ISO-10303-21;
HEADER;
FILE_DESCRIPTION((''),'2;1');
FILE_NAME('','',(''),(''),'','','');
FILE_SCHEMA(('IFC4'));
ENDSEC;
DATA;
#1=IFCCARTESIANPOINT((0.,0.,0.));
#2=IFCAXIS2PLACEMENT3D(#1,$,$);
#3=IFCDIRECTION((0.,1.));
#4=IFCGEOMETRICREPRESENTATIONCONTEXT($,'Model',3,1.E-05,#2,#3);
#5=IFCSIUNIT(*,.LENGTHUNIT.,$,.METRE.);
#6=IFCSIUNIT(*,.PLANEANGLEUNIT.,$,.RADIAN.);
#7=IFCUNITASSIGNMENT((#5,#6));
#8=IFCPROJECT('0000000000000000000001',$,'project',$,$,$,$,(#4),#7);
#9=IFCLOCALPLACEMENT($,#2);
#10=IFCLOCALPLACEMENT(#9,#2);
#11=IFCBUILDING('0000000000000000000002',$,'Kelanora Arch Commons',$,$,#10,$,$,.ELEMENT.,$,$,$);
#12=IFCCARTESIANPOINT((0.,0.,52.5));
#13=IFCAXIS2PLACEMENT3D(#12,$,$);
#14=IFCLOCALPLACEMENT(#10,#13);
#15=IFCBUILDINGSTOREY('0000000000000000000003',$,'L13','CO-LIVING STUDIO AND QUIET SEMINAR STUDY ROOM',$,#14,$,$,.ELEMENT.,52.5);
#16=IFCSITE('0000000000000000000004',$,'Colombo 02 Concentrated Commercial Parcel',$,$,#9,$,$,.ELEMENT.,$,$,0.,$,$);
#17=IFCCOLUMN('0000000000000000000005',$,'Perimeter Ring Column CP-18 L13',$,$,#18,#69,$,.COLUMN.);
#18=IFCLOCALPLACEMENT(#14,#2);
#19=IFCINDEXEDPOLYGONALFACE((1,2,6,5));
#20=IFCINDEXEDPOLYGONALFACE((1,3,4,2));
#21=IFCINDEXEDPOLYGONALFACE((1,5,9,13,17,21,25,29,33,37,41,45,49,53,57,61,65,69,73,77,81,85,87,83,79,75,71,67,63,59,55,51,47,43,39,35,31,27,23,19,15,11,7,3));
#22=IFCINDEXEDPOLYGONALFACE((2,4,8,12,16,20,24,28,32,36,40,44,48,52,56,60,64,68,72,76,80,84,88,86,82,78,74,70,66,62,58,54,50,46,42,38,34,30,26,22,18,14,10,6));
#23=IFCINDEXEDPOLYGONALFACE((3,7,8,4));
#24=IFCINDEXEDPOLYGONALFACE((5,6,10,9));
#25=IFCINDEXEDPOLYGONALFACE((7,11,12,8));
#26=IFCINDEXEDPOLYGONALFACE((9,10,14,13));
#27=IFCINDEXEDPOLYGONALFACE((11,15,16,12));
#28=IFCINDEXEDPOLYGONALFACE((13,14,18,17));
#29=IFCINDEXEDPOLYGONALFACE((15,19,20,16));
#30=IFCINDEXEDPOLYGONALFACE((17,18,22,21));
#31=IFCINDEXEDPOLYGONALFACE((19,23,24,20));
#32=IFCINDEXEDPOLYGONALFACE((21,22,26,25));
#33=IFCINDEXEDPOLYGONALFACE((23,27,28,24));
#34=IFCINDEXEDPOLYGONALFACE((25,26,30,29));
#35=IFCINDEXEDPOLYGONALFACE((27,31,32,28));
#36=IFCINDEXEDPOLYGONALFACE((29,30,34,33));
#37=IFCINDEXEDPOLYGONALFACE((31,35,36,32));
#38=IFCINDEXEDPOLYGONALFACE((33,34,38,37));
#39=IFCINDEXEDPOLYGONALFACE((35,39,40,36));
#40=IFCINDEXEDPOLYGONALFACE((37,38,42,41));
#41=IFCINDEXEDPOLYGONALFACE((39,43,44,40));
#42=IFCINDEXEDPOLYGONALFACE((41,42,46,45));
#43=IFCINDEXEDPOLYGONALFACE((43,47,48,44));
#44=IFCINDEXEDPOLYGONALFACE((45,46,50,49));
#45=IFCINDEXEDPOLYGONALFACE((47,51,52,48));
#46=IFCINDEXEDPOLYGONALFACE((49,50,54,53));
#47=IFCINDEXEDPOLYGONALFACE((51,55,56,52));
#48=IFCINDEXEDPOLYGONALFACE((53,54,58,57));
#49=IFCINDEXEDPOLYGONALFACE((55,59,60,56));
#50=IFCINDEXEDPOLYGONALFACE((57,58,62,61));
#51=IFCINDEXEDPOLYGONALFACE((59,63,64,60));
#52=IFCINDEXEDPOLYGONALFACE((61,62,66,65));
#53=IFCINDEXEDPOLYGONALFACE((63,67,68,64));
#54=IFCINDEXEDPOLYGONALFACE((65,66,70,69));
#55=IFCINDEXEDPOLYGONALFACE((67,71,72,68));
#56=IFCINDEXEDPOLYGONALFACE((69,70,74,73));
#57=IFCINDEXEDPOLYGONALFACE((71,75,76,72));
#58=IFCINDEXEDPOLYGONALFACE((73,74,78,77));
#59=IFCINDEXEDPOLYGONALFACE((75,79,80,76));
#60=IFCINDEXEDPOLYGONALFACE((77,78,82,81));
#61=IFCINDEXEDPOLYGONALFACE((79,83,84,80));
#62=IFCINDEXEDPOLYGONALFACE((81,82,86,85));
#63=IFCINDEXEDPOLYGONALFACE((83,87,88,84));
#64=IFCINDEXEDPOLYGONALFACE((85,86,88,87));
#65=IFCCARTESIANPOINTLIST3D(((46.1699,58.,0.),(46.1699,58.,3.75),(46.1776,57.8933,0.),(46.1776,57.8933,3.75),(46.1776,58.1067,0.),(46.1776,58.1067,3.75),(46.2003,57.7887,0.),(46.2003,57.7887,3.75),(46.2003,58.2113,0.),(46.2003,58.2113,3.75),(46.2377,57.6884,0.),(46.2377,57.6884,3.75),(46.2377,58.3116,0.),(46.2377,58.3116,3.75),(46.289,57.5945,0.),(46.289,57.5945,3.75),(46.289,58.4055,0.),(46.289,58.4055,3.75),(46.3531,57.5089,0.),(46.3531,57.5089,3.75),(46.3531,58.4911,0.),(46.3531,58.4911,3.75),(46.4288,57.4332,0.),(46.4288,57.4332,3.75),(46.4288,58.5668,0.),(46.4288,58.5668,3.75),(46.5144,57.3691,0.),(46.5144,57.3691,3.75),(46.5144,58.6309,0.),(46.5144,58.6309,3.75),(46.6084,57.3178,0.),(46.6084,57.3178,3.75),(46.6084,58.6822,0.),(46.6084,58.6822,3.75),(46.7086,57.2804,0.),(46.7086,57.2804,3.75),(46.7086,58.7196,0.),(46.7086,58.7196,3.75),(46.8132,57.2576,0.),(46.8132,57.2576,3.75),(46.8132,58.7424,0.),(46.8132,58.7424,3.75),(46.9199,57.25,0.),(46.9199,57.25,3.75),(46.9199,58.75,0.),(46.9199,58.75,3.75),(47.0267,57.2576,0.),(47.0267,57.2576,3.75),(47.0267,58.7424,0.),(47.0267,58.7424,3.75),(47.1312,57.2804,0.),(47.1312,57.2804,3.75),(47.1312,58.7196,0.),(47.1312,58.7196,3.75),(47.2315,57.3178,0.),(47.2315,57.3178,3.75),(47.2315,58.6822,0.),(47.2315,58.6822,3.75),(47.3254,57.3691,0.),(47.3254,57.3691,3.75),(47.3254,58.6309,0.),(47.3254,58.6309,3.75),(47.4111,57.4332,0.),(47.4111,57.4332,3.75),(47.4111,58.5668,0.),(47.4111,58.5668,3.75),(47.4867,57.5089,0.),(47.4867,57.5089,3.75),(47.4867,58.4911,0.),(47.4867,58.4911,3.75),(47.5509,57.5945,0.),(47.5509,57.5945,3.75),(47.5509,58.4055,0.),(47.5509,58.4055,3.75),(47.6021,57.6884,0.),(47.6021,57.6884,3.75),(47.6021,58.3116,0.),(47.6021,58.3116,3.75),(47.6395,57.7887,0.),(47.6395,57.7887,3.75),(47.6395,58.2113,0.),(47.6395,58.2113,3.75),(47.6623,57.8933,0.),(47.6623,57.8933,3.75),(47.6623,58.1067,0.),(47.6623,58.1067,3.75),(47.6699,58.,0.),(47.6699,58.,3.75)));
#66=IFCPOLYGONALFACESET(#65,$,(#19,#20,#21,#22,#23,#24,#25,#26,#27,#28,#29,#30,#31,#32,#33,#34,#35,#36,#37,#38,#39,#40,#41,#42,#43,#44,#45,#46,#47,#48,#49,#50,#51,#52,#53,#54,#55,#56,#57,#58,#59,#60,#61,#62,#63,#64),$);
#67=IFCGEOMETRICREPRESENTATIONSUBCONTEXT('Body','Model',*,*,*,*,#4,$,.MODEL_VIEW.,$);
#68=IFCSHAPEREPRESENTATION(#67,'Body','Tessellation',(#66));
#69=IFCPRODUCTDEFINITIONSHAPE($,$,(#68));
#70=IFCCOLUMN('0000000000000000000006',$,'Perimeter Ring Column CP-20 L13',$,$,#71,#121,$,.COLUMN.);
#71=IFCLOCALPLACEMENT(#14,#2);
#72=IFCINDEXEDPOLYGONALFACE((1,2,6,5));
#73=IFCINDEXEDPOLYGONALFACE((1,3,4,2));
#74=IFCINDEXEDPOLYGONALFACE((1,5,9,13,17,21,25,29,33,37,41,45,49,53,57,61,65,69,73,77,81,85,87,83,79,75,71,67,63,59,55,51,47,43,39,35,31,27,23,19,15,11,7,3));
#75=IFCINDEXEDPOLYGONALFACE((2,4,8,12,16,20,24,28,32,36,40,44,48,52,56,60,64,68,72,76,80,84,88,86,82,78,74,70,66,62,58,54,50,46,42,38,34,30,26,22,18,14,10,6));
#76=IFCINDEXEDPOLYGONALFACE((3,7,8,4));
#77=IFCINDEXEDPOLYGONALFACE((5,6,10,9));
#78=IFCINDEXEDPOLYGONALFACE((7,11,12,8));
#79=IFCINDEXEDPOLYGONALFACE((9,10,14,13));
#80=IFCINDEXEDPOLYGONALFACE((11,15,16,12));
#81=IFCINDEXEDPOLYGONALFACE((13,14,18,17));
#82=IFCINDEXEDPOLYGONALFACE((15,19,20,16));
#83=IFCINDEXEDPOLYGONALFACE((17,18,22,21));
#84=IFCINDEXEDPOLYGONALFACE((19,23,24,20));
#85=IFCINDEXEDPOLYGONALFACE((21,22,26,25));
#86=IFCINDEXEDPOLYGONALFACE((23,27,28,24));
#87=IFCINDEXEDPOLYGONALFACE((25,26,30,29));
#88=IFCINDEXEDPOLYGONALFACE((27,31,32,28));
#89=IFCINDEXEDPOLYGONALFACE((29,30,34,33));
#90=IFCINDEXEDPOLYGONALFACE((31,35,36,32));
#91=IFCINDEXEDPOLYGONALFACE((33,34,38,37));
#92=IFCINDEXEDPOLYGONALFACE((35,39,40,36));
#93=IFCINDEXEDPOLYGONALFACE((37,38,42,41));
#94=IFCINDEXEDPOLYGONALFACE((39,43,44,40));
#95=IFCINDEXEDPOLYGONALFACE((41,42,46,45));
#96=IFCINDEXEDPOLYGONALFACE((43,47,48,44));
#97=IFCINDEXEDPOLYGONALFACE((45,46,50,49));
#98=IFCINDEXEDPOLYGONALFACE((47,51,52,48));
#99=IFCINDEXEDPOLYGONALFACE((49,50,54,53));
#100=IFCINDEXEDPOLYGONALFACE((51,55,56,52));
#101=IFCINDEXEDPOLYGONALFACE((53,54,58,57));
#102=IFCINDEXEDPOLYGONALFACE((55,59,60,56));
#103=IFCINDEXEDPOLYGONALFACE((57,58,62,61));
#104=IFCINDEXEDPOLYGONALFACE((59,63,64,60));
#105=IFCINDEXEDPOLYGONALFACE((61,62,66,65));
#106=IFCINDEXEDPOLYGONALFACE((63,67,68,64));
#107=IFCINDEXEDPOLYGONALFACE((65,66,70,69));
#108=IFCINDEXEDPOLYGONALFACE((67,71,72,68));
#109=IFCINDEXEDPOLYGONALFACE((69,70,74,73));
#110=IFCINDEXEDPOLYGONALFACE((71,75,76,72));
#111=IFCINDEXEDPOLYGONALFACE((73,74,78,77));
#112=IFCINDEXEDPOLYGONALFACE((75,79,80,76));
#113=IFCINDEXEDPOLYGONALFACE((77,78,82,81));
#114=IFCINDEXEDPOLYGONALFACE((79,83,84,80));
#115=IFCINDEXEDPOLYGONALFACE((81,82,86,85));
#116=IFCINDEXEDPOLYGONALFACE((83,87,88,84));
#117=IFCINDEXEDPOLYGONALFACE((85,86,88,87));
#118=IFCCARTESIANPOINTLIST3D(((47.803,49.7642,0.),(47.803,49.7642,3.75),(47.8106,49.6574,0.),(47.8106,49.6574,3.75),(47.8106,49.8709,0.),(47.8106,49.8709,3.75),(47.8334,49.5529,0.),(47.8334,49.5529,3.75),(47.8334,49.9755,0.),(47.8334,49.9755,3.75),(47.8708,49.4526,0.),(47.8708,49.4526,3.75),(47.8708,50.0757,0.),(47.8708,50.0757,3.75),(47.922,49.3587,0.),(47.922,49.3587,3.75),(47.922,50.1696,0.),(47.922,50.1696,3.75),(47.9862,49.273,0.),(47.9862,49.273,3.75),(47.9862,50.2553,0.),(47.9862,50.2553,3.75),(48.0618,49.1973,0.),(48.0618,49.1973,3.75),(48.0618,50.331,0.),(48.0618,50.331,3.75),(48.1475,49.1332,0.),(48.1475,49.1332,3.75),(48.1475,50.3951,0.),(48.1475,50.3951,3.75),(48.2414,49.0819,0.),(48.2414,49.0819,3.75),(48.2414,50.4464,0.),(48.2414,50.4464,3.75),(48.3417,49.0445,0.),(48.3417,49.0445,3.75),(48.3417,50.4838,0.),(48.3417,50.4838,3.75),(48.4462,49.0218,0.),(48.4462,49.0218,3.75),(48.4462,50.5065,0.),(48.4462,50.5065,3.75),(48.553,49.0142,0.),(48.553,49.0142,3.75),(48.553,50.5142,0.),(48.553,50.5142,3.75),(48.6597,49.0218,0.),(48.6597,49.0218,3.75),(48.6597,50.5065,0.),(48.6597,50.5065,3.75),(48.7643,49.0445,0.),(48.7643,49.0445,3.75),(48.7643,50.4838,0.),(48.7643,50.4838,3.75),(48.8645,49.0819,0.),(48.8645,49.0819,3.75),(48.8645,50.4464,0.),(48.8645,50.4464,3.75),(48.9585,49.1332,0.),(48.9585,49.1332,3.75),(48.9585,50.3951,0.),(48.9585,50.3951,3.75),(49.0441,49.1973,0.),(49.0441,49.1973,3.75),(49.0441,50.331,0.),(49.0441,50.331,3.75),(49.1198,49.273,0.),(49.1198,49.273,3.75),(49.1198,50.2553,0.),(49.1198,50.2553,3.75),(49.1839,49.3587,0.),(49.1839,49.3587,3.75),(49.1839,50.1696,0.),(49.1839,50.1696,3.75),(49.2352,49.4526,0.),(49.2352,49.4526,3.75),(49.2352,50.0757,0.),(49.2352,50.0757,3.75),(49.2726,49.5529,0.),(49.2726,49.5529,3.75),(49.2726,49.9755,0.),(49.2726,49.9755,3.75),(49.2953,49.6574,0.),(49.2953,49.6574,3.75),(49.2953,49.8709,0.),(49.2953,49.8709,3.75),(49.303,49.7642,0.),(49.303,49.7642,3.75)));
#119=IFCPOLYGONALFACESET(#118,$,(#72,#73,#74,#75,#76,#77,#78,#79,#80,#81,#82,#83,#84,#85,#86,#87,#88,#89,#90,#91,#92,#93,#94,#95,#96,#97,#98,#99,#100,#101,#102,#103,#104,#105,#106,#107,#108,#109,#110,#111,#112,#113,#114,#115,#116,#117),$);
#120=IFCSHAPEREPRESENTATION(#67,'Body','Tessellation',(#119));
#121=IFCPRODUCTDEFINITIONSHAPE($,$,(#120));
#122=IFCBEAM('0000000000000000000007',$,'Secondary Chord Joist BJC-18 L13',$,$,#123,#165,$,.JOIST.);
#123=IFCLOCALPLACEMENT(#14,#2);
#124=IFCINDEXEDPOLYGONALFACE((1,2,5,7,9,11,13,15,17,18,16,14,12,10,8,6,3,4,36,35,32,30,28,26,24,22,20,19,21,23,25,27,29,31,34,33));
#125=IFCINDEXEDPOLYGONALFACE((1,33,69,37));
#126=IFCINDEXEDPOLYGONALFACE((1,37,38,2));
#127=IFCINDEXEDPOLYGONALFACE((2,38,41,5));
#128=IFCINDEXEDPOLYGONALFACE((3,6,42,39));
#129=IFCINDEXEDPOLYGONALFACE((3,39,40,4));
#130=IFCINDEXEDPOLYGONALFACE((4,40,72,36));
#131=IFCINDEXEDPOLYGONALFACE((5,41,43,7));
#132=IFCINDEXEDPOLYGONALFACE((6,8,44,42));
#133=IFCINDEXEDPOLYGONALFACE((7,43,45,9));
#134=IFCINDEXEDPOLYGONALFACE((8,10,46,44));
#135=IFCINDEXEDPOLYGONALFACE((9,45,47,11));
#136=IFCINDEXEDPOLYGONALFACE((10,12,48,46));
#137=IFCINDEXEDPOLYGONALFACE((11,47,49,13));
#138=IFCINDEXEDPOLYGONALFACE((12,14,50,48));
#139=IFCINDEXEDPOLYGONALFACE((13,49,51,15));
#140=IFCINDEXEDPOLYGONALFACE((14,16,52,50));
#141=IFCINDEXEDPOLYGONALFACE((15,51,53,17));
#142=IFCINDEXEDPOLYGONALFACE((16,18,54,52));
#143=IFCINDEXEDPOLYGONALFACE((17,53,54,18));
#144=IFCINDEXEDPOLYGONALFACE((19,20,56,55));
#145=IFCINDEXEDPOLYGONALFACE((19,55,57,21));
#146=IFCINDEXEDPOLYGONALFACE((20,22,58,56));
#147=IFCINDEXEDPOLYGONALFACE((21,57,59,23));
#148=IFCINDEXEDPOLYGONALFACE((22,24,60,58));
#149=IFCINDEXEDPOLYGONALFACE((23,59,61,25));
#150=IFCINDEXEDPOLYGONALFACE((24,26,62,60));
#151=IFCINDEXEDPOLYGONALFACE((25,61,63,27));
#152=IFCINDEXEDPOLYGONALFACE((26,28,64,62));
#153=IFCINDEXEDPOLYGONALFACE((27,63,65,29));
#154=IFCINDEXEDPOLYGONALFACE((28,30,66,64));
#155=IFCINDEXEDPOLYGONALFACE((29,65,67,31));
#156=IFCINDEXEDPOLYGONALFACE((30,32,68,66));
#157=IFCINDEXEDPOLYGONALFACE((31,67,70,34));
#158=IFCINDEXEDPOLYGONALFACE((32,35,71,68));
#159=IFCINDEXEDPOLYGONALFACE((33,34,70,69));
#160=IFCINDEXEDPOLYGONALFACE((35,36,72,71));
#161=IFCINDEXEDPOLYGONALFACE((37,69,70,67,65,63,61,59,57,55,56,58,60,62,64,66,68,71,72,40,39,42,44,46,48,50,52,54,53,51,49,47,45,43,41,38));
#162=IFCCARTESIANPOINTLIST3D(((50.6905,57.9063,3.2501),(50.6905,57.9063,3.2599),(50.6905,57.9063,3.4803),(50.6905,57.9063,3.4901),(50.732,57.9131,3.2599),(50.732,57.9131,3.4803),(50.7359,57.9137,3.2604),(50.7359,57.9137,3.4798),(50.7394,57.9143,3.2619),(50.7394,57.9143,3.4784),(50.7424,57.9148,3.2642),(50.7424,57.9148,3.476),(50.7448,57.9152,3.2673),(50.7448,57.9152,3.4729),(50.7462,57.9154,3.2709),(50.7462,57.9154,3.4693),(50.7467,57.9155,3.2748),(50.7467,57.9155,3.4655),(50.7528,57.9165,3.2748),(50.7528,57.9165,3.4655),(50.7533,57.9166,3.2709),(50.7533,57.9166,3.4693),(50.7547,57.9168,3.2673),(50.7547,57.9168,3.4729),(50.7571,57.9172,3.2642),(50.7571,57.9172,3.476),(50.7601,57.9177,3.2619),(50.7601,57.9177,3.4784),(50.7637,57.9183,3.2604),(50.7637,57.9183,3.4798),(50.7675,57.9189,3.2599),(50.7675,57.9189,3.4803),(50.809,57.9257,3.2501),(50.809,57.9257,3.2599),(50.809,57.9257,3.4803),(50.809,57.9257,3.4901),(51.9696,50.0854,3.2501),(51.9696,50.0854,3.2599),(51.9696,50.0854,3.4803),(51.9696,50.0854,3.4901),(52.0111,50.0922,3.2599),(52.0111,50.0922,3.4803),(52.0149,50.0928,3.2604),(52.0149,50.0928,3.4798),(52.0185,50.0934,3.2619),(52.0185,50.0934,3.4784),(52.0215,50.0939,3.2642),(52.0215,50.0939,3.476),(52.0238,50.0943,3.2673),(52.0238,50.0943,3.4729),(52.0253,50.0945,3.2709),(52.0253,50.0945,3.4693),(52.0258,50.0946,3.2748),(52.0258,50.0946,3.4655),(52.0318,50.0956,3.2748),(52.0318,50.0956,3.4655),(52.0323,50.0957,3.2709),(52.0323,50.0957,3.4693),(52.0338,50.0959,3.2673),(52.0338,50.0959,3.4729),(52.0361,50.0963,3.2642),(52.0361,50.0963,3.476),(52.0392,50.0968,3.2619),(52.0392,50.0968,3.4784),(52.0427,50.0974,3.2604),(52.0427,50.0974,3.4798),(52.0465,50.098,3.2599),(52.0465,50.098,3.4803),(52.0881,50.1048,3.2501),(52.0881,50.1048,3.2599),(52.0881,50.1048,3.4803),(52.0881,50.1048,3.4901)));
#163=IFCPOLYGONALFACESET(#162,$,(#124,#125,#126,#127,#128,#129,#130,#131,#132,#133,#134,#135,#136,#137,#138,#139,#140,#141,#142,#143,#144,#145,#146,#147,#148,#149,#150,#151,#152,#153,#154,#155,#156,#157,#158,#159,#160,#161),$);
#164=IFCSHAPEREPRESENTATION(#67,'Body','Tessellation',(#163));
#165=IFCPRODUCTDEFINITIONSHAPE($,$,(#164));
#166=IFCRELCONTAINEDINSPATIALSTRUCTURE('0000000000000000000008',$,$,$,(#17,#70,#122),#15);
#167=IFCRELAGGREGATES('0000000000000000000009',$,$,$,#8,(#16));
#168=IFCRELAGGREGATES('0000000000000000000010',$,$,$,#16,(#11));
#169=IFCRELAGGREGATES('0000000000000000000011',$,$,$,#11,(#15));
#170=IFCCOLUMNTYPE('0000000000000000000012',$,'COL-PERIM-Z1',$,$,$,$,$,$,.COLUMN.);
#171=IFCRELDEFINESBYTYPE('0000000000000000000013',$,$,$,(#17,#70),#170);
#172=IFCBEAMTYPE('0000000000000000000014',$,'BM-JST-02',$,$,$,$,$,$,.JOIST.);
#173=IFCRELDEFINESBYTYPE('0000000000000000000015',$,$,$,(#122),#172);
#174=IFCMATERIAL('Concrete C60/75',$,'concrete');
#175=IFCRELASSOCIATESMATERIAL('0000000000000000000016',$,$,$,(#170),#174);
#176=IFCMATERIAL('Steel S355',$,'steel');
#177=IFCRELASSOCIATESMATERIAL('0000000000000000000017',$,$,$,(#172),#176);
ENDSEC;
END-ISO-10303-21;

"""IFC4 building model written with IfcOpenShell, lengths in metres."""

from ifc_helpers import new_model, si_unit, direction, frame, origin, origin_2d, place, context, subcontext, project, spatial, circle, i_section, extrude, material, material_profile, profile_set, type_object, element, save


model = new_model("IFC4")

# Units and contexts
model_context = context("Model", 3, precision=1e-05, world=origin(), true_north=direction((0.0, 1.0)))
body_context = subcontext(model_context, "Body", "Model", "MODEL_VIEW")
ifc_project = project(units=[si_unit("LENGTHUNIT", "METRE"), si_unit("PLANEANGLEUNIT", "RADIAN")], contexts=[model_context])

# Site, building, storey
site_placement = place(None, origin())
site = spatial("IfcSite", under=ifc_project, at=site_placement, Name="Colombo 02 Concentrated Commercial Parcel", CompositionType="ELEMENT", RefElevation=0.0)
building_placement = place(site_placement, origin())
building = spatial("IfcBuilding", under=site, at=building_placement, Name="Kelanora Arch Commons", CompositionType="ELEMENT")
storey_placement = place(building_placement, frame((0.0, 0.0, 52.5)))
storey = spatial("IfcBuildingStorey", under=building, at=storey_placement, Name="L13", Description="CO-LIVING STUDIO AND QUIET SEMINAR STUDY ROOM", CompositionType="ELEMENT", Elevation=52.5)

# Columns
ifc_material_1 = material(Name="Concrete C60/75", Category="concrete")
ifc_material_profile_1 = material_profile(ifc_material_1, circle(Radius=0.75, at=origin_2d()), Name="RCC1500")
ifc_profile_set_1 = profile_set([ifc_material_profile_1], Name="Concrete C60/75")
column_type = type_object("IfcColumnType", Name="COL-PERIM-Z1", PredefinedType="COLUMN", material=ifc_profile_set_1)
for number, where, z_axis, x_axis, name in (
    (1, (46.9199, 58.0, 0.0), (0.0, 0.0, 1.0), (1.0, 0.0, 0.0), "Perimeter Ring Column CP-18 L13"),
    (2, (48.553, 49.7642, 0.0), (0.0, 0.0, 1.0), (1.0, 0.0, 0.0), "Perimeter Ring Column CP-20 L13"),
):
    element("IfcColumn", number, at=place(storey_placement, frame(where, z_axis=z_axis, x_axis=x_axis)), inside=storey, type_object=column_type, Name=name, PredefinedType="COLUMN", context=body_context, shape_type="SweptSolid", body=[
        extrude(circle(Radius=0.75, at=origin_2d()), origin(), (0.0, 0.0, 1.0), 3.75),
    ])

# Beam
ifc_material_2 = material(Name="Steel S355", Category="steel")
ifc_material_profile_2 = material_profile(ifc_material_2, i_section(OverallWidth=0.1201, OverallDepth=0.24, WebThickness=0.0061, FlangeThickness=0.0098, FilletRadius=0.0149, at=origin_2d()), Name="IPE240")
ifc_profile_set_2 = profile_set([ifc_material_profile_2], Name="Steel S355")
beam_type_1 = type_object("IfcBeamType", Name="BM-JST-02", PredefinedType="JOIST", material=ifc_profile_set_2)
beam_1_placement = place(storey_placement, frame((50.7498, 57.916, 3.3701), z_axis=(0.161401, -0.986889, 0.0), x_axis=(0.986889, 0.161401, 0.0)))
element("IfcBeam", 3, at=beam_1_placement, inside=storey, type_object=beam_type_1, Name="Secondary Chord Joist BJC-18 L13", PredefinedType="JOIST", context=body_context, shape_type="SweptSolid", body=[
    extrude(i_section(OverallWidth=0.1201, OverallDepth=0.24, WebThickness=0.0061, FlangeThickness=0.0098, FilletRadius=0.0149, at=origin_2d()), origin(), (0.0, 0.0, 1.0), 7.9248),
])

save(model, "model.ifc")
